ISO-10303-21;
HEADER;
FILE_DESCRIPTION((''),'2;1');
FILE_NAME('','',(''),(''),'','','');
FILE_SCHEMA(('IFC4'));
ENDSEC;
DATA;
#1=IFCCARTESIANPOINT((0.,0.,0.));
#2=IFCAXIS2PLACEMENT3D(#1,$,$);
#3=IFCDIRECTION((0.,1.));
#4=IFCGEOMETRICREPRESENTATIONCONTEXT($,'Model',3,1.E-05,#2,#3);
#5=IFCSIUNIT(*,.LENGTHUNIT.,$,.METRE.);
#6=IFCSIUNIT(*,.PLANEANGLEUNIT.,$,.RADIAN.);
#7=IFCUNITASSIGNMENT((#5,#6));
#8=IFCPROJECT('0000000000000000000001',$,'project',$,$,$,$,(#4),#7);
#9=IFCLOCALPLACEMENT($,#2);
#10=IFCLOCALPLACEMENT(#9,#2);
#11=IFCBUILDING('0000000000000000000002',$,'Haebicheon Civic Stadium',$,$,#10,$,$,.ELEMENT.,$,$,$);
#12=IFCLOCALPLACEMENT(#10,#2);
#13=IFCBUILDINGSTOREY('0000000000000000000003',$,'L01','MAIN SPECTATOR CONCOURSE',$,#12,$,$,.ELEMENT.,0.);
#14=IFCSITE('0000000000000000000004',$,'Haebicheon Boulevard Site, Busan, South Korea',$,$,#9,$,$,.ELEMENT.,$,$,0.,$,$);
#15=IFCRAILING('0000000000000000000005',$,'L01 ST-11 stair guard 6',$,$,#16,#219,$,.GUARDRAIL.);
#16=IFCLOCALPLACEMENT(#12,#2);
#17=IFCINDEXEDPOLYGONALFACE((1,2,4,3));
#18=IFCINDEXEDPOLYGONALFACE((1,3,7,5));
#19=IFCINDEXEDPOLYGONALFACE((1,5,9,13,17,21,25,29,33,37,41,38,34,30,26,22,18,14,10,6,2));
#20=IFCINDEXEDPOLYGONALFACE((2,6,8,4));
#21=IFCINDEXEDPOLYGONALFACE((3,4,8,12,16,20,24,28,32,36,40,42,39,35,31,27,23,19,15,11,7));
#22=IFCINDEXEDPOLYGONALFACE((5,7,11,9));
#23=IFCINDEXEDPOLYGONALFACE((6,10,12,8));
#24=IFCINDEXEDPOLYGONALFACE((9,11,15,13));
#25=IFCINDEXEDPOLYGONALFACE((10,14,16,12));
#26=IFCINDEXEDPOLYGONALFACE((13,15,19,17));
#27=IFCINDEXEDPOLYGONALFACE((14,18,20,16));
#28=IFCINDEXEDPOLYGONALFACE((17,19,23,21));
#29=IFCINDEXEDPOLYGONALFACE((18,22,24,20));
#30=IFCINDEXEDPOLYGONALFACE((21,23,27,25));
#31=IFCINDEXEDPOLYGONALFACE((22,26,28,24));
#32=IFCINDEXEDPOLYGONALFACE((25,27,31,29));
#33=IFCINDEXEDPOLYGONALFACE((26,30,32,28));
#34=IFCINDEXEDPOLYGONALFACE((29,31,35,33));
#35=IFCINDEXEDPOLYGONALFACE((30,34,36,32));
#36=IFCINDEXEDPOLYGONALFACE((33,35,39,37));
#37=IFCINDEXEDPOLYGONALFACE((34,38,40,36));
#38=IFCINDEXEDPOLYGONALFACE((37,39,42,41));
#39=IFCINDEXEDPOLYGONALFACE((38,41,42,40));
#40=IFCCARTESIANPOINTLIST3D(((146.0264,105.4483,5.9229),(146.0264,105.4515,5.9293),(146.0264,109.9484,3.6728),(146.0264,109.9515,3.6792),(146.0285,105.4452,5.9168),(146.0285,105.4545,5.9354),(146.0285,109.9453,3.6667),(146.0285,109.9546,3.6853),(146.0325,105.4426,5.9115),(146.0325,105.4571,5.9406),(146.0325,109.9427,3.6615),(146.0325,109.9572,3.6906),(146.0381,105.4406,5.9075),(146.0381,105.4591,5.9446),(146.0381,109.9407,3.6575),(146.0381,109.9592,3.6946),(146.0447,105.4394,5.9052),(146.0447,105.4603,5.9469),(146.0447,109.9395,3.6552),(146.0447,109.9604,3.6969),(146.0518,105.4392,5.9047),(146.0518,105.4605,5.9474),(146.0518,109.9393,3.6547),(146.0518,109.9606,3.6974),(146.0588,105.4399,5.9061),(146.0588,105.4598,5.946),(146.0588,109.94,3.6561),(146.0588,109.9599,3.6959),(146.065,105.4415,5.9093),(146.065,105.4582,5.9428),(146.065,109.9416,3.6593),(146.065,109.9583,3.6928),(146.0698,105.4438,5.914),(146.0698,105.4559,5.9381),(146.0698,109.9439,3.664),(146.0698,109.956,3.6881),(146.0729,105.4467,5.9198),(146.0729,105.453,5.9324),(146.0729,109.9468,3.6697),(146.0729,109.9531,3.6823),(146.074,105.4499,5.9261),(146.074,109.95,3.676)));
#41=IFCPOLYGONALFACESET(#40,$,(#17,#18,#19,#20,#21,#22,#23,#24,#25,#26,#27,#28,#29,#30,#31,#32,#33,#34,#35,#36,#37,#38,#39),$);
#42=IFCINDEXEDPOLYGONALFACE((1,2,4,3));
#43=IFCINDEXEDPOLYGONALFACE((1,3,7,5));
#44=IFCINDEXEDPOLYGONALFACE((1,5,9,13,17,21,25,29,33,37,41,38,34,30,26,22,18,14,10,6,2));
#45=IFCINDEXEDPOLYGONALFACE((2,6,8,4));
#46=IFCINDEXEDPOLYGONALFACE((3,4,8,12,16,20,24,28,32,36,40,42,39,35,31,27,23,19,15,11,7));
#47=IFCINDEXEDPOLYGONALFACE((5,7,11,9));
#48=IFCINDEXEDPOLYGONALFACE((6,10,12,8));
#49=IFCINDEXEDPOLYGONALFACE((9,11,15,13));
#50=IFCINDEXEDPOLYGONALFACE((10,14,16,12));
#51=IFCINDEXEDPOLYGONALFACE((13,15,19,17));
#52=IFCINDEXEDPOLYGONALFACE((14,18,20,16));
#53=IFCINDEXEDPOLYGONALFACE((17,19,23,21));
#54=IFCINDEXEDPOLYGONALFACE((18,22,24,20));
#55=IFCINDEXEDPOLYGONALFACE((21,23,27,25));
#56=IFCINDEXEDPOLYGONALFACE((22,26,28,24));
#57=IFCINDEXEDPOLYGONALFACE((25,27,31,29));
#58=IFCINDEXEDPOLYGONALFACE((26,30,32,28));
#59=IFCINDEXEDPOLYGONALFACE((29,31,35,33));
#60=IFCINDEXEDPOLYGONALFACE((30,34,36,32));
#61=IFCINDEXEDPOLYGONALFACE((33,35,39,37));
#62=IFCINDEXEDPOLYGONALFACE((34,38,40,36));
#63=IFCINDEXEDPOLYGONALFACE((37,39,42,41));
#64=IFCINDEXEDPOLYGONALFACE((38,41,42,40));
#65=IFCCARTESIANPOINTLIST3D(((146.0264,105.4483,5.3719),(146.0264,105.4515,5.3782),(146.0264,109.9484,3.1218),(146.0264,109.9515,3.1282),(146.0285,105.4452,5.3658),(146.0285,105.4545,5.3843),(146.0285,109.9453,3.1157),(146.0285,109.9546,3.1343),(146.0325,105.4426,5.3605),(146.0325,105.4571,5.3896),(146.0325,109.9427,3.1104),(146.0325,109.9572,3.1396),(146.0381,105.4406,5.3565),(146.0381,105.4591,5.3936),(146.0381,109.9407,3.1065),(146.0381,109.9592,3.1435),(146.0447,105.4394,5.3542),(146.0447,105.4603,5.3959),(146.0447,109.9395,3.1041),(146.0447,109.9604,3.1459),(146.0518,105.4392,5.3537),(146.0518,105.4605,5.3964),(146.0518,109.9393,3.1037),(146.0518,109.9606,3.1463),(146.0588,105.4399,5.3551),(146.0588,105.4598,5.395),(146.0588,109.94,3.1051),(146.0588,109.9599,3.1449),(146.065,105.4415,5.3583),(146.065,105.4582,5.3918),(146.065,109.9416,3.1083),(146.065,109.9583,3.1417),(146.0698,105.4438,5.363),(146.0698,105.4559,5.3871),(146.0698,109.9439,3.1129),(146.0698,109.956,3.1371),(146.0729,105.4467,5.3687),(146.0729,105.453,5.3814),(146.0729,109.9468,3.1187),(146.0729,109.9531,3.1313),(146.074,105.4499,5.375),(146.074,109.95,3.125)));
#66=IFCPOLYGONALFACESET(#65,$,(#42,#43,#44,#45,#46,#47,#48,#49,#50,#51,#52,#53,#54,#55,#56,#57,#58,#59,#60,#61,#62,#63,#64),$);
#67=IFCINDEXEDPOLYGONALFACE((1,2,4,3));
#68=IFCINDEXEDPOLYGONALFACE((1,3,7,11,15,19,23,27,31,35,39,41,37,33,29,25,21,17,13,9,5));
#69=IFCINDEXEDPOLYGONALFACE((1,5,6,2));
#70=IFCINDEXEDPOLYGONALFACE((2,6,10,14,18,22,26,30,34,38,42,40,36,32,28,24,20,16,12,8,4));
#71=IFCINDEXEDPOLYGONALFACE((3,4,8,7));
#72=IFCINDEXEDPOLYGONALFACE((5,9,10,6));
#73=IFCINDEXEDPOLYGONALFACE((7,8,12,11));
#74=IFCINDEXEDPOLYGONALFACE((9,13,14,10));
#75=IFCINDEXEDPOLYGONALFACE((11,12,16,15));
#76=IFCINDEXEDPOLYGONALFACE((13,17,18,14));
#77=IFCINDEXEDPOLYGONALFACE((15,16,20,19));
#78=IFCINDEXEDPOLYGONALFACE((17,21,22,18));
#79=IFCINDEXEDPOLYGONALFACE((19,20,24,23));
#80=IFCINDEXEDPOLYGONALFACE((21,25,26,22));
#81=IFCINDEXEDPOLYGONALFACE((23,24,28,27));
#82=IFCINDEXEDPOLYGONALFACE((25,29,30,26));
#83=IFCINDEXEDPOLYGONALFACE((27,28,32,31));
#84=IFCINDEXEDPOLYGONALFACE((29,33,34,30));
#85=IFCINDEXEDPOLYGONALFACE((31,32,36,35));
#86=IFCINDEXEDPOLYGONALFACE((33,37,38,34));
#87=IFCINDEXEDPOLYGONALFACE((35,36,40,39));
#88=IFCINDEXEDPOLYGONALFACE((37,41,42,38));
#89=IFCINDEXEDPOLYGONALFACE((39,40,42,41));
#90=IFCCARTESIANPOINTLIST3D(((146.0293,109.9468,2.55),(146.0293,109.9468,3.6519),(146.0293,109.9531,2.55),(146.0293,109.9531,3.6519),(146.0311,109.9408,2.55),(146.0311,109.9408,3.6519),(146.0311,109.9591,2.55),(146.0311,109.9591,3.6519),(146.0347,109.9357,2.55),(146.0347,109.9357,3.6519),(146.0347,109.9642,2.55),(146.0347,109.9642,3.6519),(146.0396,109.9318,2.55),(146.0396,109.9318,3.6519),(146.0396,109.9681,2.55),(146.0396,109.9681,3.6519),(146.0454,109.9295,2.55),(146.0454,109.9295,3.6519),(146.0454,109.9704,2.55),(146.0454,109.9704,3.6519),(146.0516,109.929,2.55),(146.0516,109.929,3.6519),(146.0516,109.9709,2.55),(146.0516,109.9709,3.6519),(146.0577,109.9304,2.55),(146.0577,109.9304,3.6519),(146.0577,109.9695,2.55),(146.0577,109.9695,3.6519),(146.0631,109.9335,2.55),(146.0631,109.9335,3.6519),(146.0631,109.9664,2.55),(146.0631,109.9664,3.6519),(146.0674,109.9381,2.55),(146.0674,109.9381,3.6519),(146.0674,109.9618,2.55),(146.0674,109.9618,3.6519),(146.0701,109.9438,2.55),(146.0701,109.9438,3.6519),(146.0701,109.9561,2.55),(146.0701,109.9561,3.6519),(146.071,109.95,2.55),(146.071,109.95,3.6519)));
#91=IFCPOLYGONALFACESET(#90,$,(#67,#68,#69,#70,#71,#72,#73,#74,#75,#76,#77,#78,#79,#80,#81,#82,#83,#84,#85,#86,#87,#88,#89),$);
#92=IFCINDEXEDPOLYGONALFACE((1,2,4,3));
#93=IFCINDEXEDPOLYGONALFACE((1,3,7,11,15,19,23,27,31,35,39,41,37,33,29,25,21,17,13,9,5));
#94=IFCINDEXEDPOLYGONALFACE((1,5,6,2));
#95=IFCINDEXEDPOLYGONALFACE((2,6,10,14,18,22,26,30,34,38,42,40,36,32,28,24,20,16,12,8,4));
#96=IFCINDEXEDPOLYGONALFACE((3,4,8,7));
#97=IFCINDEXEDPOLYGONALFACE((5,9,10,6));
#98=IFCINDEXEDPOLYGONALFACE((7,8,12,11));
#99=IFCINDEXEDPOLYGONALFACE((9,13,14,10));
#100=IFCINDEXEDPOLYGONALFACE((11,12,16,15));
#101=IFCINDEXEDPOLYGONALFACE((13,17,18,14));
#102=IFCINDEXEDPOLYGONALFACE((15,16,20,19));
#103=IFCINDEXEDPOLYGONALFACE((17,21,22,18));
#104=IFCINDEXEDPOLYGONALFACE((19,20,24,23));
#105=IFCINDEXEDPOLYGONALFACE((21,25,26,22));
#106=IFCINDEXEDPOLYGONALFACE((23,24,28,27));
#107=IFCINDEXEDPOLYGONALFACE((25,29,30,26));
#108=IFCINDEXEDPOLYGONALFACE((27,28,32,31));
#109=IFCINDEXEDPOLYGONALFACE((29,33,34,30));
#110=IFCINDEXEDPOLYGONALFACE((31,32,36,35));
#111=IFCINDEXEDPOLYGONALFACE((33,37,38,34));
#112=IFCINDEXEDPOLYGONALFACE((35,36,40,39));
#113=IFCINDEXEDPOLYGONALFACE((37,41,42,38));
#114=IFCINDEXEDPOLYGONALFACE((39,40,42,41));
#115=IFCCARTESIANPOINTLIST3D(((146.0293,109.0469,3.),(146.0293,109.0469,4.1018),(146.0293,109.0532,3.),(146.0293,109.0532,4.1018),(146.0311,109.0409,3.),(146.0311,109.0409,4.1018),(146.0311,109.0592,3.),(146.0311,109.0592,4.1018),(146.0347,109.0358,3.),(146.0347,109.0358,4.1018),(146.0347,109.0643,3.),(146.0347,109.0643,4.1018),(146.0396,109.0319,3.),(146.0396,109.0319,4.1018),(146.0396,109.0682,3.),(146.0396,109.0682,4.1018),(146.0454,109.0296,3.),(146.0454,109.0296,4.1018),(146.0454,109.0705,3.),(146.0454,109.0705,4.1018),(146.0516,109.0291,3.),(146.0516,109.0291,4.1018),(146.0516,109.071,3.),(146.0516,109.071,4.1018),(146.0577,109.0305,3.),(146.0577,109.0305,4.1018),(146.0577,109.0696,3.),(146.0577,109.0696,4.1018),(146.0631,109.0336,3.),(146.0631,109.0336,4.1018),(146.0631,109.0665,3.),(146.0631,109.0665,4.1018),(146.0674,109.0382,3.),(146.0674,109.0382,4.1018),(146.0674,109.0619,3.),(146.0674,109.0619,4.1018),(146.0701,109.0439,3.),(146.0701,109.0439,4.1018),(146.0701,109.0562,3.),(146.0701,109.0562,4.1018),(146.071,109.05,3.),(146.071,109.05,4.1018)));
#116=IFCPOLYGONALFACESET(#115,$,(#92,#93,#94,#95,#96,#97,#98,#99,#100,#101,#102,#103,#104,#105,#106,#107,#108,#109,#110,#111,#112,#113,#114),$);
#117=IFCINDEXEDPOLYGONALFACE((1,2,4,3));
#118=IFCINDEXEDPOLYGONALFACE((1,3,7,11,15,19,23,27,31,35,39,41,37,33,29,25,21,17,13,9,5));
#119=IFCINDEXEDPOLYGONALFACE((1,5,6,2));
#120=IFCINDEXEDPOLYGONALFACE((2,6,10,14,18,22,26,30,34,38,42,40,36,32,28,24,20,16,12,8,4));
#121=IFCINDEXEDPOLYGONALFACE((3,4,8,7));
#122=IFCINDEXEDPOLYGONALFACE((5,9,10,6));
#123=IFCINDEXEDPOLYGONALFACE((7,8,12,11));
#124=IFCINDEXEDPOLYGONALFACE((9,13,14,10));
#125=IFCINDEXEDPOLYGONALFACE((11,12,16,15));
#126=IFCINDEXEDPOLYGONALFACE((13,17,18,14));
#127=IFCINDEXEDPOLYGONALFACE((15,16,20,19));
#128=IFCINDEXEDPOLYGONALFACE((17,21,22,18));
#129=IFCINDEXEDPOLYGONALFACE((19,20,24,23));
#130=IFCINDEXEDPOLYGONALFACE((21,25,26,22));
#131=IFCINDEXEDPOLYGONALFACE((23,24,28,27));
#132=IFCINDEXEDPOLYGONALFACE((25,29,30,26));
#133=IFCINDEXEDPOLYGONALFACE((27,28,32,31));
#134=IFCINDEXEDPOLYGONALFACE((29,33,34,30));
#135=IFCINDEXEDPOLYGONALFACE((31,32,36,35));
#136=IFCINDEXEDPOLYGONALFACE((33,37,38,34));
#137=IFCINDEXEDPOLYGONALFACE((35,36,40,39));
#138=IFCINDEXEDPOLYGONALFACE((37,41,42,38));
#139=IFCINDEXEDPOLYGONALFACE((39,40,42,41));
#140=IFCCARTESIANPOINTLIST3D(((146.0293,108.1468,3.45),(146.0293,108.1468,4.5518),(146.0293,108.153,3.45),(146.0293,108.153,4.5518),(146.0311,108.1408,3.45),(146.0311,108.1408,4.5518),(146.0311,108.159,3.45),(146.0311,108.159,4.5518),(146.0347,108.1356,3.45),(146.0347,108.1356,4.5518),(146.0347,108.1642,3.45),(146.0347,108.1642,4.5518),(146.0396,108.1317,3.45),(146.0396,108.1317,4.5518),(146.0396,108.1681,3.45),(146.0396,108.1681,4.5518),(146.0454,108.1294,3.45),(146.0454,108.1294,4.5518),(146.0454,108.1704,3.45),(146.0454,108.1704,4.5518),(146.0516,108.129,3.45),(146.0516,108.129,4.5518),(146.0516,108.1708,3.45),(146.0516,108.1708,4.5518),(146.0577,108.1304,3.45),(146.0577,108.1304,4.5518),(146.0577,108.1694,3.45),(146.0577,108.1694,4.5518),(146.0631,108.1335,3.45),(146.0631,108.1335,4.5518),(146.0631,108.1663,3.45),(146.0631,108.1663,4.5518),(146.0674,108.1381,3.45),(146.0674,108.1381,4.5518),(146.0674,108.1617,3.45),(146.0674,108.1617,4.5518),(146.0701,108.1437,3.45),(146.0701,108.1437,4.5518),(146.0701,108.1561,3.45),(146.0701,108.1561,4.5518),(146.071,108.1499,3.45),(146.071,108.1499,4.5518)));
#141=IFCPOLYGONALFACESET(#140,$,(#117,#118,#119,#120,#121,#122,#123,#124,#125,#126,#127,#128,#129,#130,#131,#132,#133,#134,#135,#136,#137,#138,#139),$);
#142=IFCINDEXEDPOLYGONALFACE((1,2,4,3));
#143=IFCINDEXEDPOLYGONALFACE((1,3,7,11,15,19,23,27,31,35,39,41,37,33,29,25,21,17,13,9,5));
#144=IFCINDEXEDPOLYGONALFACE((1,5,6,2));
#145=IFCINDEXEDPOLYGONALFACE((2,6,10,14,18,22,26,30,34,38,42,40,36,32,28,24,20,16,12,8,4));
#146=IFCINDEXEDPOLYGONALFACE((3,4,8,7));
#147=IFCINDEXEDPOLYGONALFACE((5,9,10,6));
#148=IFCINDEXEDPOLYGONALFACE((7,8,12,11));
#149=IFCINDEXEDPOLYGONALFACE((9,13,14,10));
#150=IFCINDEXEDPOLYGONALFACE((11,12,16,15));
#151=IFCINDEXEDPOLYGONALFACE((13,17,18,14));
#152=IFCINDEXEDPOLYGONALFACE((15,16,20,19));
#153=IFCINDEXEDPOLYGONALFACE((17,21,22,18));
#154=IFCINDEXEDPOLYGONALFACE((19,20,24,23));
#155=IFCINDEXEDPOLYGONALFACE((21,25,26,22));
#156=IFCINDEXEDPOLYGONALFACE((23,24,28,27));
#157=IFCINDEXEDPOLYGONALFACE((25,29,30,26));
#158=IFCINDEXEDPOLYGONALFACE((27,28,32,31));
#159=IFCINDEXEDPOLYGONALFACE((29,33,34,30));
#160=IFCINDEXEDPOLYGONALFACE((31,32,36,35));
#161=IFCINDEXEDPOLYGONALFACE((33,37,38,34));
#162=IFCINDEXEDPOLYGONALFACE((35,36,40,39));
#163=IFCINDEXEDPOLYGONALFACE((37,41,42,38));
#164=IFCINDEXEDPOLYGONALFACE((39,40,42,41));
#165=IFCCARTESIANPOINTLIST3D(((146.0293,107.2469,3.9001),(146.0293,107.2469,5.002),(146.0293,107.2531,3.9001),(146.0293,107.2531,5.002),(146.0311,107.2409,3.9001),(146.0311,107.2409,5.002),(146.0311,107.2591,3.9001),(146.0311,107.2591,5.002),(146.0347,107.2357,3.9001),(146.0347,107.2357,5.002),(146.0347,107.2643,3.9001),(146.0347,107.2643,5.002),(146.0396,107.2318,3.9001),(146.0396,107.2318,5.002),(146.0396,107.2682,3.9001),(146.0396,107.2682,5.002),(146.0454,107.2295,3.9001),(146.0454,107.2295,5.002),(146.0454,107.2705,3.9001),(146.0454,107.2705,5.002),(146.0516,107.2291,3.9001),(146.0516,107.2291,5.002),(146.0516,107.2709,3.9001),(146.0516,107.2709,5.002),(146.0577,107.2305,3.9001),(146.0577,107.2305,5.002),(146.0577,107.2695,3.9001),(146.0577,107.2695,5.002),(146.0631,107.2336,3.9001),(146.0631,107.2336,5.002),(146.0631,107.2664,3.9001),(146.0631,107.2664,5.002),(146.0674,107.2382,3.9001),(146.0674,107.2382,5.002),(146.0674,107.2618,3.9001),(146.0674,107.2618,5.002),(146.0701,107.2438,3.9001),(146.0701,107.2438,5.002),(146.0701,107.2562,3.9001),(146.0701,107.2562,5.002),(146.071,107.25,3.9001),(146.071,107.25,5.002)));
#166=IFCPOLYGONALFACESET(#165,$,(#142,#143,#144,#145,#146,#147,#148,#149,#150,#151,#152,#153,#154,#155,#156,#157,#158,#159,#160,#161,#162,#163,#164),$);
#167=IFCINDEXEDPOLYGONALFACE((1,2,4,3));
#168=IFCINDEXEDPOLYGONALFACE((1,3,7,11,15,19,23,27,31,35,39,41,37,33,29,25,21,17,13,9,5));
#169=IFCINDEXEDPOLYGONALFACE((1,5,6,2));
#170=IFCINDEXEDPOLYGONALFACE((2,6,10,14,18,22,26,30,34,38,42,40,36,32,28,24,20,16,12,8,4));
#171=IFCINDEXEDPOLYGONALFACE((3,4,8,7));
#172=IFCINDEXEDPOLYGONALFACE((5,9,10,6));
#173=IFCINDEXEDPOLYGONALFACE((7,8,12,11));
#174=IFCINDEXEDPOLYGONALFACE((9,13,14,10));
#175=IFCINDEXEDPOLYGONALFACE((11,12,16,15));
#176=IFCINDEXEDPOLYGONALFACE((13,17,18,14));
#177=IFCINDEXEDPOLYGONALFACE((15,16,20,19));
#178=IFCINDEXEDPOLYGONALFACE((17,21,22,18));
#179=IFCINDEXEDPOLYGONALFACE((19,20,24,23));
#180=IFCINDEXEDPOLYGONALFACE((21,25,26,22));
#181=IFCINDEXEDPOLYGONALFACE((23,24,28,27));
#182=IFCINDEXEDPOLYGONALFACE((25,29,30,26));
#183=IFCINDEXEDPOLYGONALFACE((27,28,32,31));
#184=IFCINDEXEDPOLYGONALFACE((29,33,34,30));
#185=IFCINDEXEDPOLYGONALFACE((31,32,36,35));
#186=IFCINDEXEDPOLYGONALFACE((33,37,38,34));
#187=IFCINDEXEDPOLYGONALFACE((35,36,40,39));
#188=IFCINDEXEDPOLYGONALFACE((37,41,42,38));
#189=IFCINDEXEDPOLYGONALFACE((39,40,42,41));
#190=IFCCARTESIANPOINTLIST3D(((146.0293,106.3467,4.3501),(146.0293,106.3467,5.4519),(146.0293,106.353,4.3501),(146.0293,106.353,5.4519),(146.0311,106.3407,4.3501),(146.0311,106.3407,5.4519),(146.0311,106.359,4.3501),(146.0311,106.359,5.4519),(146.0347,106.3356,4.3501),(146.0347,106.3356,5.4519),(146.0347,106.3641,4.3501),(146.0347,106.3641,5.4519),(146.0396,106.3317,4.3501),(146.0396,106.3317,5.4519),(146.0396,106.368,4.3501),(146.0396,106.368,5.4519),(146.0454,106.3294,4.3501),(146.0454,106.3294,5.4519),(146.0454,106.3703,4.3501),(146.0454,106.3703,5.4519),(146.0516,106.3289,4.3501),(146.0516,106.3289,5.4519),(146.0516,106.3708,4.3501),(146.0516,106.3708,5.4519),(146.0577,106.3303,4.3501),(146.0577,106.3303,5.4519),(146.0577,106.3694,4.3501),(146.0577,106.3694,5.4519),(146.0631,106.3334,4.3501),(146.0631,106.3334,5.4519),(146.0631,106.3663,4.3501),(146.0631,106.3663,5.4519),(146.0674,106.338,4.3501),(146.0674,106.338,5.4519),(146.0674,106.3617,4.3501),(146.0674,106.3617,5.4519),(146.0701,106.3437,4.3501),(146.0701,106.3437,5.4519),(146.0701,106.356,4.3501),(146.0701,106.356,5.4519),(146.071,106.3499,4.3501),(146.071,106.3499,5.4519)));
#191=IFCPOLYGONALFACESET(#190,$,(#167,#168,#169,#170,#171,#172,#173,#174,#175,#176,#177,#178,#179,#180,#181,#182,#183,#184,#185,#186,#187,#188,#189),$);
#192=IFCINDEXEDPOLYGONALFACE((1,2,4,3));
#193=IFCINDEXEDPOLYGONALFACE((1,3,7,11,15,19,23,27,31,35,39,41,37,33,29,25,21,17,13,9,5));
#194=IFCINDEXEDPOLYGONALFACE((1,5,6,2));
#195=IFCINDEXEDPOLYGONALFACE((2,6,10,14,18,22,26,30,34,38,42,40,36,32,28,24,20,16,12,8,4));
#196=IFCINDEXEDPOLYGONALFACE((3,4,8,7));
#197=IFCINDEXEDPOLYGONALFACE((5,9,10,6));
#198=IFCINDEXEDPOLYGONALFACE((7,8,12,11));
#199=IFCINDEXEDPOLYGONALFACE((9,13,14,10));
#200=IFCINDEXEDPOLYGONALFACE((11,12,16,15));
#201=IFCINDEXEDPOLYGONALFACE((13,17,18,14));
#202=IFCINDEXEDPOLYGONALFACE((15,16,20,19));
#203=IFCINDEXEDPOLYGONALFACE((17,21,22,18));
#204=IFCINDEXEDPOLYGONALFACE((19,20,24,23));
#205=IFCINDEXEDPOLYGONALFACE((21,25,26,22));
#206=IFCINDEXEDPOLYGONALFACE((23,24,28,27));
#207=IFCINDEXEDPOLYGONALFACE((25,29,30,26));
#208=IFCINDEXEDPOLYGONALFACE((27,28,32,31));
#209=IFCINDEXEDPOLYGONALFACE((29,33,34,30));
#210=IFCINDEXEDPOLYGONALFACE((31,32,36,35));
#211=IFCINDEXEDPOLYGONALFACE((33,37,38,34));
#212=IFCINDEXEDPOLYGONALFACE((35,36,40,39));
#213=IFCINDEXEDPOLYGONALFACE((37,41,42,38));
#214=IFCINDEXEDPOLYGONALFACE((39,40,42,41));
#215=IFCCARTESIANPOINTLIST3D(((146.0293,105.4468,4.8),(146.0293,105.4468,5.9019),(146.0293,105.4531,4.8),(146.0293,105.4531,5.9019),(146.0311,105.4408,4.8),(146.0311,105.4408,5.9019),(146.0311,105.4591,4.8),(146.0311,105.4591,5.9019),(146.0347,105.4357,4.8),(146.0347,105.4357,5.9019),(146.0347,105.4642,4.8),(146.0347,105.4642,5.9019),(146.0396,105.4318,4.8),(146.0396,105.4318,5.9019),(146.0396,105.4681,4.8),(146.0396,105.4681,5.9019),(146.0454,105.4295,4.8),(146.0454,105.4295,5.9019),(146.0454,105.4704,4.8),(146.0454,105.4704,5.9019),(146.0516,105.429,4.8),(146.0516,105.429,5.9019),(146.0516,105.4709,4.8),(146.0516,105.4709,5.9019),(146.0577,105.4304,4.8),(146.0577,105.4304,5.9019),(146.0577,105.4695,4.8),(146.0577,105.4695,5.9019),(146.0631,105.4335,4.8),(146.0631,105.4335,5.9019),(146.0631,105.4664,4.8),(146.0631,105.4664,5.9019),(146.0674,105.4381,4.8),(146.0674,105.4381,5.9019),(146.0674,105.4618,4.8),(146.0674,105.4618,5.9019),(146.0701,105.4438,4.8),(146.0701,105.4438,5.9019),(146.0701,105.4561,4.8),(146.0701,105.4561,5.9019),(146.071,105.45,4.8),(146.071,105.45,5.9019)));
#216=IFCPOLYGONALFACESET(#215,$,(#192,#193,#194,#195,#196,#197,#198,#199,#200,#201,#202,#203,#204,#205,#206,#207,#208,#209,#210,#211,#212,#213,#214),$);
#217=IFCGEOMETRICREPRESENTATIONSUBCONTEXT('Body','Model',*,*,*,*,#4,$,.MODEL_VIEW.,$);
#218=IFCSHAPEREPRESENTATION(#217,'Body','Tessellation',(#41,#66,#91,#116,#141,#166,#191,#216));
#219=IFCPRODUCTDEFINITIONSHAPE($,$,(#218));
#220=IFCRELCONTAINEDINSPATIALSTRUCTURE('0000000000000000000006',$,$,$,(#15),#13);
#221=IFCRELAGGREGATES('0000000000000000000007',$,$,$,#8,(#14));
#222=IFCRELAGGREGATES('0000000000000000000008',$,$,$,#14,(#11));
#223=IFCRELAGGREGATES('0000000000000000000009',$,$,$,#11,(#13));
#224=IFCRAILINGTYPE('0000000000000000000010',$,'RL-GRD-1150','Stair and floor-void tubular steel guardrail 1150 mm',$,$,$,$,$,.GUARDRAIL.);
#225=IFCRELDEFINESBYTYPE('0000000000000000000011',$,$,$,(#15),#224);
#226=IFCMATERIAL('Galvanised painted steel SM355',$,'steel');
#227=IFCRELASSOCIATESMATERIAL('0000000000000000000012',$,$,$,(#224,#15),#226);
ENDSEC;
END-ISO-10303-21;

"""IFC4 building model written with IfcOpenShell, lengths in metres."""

from ifc_helpers import new_model, si_unit, direction, frame, origin, origin_2d, place, context, subcontext, project, spatial, circle, extrude, material, type_object, element, save


model = new_model("IFC4")

# Units and contexts
model_context = context("Model", 3, precision=1e-05, world=origin(), true_north=direction((0.0, 1.0)))
body_context = subcontext(model_context, "Body", "Model", "MODEL_VIEW")
ifc_project = project(units=[si_unit("LENGTHUNIT", "METRE"), si_unit("PLANEANGLEUNIT", "RADIAN")], contexts=[model_context])

# Site, building, storey
site_placement = place(None, origin())
site = spatial("IfcSite", under=ifc_project, at=site_placement, Name="Haebicheon Boulevard Site, Busan, South Korea", CompositionType="ELEMENT", RefElevation=0.0)
building_placement = place(site_placement, origin())
building = spatial("IfcBuilding", under=site, at=building_placement, Name="Haebicheon Civic Stadium", CompositionType="ELEMENT")
storey_placement = place(building_placement, origin())
storey = spatial("IfcBuildingStorey", under=building, at=storey_placement, Name="L01", Description="MAIN SPECTATOR CONCOURSE", CompositionType="ELEMENT", Elevation=0.0)

# Railing
ifc_material_1 = material(Name="Galvanised painted steel SM355", Category="steel")
railing_type = type_object("IfcRailingType", Name="RL-GRD-1150", Description="Stair and floor-void tubular steel guardrail 1150 mm", PredefinedType="GUARDRAIL", material=ifc_material_1)
railing_1_placement = place(storey_placement, frame((146.05, 109.95, 2.55)))
element("IfcRailing", 1, at=railing_1_placement, inside=storey, type_object=railing_type, material=ifc_material_1, Name="L01 ST-11 stair guard 6", PredefinedType="GUARDRAIL", context=body_context, shape_type="SweptSolid", body=[
    extrude(circle(Radius=0.0239, at=origin_2d()), frame((0.0, 0.0, 1.126), z_axis=(0.0, -0.894427, 0.447214), x_axis=(1.0, 0.0, 0.0)), (0.0, 0.0, 1.0), 5.0312),
    extrude(circle(Radius=0.0239, at=origin_2d()), frame((0.0, 0.0, 0.575), z_axis=(0.0, -0.894427, 0.447214), x_axis=(1.0, 0.0, 0.0)), (0.0, 0.0, 1.0), 5.0312),
    extrude(circle(Radius=0.021, at=origin_2d()), origin(), (0.0, 0.0, 1.0), 1.1018),
    extrude(circle(Radius=0.021, at=origin_2d()), frame((0.0, -0.8999, 0.45)), (0.0, 0.0, 1.0), 1.1018),
    extrude(circle(Radius=0.021, at=origin_2d()), frame((0.0, -1.8, 0.8999)), (0.0, 0.0, 1.0), 1.1018),
    extrude(circle(Radius=0.021, at=origin_2d()), frame((0.0, -2.7, 1.3501)), (0.0, 0.0, 1.0), 1.1018),
    extrude(circle(Radius=0.021, at=origin_2d()), frame((0.0, -3.6001, 1.8)), (0.0, 0.0, 1.0), 1.1018),
    extrude(circle(Radius=0.021, at=origin_2d()), frame((0.0, -4.5, 2.25)), (0.0, 0.0, 1.0), 1.1018),
])

save(model, "model.ifc")
